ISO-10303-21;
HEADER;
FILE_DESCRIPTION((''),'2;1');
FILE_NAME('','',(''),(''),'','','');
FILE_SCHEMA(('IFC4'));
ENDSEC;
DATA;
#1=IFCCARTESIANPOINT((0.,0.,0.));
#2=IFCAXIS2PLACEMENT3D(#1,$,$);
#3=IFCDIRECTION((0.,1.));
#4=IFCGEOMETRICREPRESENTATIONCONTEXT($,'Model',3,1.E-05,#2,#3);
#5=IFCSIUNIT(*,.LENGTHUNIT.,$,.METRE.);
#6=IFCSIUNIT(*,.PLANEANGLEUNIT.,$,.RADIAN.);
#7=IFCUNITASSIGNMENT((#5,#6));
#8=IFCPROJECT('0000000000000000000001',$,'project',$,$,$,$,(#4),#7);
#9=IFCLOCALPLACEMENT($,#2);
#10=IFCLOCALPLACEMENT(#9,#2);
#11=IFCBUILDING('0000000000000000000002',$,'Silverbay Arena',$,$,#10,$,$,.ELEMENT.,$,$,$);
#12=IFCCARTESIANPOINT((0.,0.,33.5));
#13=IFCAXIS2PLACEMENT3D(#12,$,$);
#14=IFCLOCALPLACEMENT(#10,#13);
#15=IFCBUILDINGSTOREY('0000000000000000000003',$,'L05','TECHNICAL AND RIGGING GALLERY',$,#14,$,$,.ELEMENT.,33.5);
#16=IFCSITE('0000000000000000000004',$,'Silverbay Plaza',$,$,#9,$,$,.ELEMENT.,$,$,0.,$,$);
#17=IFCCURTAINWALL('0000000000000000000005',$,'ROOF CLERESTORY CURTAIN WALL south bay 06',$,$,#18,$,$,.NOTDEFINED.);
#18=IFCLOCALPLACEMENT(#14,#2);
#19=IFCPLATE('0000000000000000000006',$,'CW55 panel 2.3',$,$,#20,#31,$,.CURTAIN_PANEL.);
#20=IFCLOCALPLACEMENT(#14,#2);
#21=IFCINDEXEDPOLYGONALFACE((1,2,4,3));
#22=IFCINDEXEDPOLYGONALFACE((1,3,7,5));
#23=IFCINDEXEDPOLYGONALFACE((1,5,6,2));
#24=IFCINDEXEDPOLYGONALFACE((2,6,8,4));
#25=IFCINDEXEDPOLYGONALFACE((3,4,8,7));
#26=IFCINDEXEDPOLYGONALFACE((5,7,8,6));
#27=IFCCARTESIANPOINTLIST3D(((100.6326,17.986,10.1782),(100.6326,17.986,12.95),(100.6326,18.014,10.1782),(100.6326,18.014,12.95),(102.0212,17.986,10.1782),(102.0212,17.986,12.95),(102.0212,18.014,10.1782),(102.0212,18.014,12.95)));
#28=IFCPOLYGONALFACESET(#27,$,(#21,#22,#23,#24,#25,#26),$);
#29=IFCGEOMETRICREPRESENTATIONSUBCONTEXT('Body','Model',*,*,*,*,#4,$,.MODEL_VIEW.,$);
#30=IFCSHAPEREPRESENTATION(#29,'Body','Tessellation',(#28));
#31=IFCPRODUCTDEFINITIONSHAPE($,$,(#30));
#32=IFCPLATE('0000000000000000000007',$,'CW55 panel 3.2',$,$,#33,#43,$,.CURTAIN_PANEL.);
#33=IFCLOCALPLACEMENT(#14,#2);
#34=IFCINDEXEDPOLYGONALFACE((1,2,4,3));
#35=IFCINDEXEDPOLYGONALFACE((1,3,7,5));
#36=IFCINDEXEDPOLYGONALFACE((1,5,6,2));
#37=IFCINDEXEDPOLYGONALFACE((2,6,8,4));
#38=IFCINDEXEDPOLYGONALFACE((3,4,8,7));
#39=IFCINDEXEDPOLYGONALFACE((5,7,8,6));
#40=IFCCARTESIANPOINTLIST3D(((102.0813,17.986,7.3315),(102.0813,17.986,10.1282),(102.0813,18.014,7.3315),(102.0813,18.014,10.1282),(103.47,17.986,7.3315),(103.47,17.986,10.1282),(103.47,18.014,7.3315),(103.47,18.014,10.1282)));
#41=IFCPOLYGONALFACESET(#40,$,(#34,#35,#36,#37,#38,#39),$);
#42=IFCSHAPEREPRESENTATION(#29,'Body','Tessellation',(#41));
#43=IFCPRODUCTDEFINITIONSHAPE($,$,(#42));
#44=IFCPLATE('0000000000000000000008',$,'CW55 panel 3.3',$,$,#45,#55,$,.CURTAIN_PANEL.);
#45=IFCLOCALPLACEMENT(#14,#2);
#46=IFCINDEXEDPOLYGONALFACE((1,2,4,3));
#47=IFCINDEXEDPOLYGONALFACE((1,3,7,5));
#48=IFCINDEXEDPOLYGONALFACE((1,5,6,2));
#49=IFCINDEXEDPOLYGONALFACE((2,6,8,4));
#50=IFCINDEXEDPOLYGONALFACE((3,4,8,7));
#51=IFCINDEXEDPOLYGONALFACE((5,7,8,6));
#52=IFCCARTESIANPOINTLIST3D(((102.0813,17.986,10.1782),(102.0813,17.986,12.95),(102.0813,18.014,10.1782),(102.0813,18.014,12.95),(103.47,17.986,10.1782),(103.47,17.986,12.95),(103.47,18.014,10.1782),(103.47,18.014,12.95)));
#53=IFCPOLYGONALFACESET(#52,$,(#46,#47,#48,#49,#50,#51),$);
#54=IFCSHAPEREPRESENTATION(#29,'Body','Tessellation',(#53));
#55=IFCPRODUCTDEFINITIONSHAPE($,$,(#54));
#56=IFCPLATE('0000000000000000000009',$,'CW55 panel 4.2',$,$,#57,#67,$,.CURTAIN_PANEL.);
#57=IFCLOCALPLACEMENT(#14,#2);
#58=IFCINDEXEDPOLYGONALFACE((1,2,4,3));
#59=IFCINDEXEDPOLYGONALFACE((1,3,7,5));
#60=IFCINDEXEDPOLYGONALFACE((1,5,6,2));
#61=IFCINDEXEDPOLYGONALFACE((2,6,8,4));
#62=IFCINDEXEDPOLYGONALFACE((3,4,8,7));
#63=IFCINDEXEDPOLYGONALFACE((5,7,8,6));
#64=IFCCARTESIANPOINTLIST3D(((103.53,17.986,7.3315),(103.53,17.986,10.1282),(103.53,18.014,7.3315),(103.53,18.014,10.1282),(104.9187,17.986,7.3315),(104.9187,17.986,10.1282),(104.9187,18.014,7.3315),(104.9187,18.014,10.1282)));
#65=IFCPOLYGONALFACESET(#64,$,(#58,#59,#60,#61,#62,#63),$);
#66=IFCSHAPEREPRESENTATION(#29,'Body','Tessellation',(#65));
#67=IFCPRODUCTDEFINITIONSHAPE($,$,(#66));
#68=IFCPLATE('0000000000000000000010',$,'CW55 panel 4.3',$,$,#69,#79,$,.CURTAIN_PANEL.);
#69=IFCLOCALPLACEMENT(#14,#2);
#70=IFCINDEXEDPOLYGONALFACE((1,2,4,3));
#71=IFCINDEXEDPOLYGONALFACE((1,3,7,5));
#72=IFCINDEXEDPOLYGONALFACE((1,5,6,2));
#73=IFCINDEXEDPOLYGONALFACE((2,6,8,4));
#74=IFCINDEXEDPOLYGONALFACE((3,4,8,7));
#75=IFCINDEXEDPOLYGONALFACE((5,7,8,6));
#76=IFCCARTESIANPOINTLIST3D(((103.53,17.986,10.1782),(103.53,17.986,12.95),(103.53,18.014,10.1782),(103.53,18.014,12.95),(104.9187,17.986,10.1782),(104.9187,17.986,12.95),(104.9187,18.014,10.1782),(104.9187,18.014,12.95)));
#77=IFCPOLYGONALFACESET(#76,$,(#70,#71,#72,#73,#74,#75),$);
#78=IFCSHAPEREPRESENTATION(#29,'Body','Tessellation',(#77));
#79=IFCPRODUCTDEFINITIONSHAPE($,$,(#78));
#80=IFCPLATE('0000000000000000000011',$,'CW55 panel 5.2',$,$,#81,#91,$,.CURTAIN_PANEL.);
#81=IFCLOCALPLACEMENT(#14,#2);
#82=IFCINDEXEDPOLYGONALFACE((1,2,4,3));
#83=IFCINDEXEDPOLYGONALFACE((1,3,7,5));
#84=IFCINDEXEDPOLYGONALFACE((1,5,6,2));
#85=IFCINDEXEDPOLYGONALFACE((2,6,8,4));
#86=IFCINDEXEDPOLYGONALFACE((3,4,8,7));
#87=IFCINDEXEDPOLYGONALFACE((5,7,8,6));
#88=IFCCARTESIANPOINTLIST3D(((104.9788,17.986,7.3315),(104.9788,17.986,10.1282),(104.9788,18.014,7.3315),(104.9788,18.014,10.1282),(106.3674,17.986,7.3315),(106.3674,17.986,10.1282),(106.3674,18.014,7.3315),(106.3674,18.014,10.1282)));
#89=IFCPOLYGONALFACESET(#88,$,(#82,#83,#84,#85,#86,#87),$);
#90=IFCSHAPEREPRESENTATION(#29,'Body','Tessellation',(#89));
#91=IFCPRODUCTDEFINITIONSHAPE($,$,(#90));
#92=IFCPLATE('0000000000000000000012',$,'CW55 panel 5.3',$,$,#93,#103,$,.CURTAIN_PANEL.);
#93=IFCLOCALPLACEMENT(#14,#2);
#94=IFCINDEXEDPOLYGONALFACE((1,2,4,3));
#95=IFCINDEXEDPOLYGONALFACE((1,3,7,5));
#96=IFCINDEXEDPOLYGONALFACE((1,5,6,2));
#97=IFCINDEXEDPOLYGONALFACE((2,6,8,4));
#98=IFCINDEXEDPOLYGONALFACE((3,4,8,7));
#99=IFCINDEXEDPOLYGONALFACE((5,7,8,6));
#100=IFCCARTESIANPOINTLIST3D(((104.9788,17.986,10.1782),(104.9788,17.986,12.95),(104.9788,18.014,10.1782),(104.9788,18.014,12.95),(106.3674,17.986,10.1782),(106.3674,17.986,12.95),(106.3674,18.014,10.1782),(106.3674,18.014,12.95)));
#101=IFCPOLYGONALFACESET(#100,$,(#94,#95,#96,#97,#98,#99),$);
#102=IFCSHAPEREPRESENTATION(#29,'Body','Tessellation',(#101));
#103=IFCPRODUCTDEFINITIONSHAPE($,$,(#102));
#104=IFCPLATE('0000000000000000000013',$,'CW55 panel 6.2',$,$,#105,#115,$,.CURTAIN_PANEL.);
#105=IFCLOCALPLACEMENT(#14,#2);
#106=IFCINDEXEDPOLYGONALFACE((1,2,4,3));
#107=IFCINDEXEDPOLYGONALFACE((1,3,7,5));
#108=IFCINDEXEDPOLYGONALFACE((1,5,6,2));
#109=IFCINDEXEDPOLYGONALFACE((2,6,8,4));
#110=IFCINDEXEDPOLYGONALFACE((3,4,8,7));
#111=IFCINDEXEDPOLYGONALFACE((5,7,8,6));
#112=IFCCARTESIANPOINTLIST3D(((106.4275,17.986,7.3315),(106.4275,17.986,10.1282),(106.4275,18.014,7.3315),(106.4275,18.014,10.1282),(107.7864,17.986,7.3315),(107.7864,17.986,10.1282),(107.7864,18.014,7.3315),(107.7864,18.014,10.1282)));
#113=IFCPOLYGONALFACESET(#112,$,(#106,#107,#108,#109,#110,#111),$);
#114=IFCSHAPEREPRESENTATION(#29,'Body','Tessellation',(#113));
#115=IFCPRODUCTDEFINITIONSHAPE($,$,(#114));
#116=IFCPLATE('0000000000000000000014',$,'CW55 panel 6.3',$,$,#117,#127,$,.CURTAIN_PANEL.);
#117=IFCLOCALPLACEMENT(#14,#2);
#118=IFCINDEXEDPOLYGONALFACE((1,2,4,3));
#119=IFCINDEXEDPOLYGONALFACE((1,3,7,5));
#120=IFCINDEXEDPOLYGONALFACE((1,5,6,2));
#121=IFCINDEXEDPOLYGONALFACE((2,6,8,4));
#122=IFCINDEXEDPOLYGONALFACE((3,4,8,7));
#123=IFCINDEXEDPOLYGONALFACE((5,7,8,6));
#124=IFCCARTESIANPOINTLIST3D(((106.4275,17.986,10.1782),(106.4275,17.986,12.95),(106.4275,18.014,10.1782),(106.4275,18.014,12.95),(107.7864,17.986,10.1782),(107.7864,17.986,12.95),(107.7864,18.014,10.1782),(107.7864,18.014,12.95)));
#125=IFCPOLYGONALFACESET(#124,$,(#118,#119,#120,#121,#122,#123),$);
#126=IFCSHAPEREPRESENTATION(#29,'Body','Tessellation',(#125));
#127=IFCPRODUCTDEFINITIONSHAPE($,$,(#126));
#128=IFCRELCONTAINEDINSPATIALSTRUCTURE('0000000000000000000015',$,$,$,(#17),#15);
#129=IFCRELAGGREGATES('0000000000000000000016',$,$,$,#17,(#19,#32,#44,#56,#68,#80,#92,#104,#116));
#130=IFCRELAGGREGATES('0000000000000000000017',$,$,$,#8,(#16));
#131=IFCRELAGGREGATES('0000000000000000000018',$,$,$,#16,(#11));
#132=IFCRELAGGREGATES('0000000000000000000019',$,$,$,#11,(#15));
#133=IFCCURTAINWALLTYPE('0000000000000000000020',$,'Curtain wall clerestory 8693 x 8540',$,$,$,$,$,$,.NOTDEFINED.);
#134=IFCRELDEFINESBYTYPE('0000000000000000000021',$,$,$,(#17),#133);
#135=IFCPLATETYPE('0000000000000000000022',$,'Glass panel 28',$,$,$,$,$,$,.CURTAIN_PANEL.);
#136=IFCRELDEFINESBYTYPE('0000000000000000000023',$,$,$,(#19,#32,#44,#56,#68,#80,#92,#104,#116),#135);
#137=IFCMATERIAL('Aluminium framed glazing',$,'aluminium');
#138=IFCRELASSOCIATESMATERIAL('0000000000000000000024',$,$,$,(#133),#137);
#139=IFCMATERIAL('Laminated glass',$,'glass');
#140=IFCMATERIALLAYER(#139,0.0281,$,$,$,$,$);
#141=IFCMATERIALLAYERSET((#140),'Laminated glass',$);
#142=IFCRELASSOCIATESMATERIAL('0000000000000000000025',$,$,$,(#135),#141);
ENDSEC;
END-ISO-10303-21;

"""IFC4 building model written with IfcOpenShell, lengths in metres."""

from ifc_helpers import new_model, si_unit, direction, frame, origin, origin_2d, place, context, subcontext, project, spatial, rectangle, extrude, material, layer, layer_set, type_object, element, aggregate, save


model = new_model("IFC4")

# Units and contexts
model_context = context("Model", 3, precision=1e-05, world=origin(), true_north=direction((0.0, 1.0)))
body_context = subcontext(model_context, "Body", "Model", "MODEL_VIEW")
ifc_project = project(units=[si_unit("LENGTHUNIT", "METRE"), si_unit("PLANEANGLEUNIT", "RADIAN")], contexts=[model_context])

# Site, building, storey
site_placement = place(None, origin())
site = spatial("IfcSite", under=ifc_project, at=site_placement, Name="Silverbay Plaza", CompositionType="ELEMENT", RefElevation=0.0)
building_placement = place(site_placement, origin())
building = spatial("IfcBuilding", under=site, at=building_placement, Name="Silverbay Arena", CompositionType="ELEMENT")
storey_placement = place(building_placement, frame((0.0, 0.0, 33.5)))
storey = spatial("IfcBuildingStorey", under=building, at=storey_placement, Name="L05", Description="TECHNICAL AND RIGGING GALLERY", CompositionType="ELEMENT", Elevation=33.5)

# Curtain wall, plates
ifc_material_1 = material(Name="Aluminium framed glazing", Category="aluminium")
curtain_wall_type = type_object("IfcCurtainWallType", Name="Curtain wall clerestory 8693 x 8540", PredefinedType="NOTDEFINED", material=ifc_material_1)
curtain_wall_placement = place(storey_placement, origin())
curtain_wall = element("IfcCurtainWall", 1, at=curtain_wall_placement, inside=storey, type_object=curtain_wall_type, Name="ROOF CLERESTORY CURTAIN WALL south bay 06", PredefinedType="NOTDEFINED")
ifc_material_2 = material(Name="Laminated glass", Category="glass")
ifc_layer = layer(ifc_material_2, 0.0281)
ifc_layer_set = layer_set([ifc_layer], Name="Laminated glass")
plate_type = type_object("IfcPlateType", Name="Glass panel 28", PredefinedType="CURTAIN_PANEL", material=ifc_layer_set)
plate_1_placement = place(storey_placement, frame((101.3269, 18.0, 10.1782), z_axis=(0.0, 0.0, 1.0), x_axis=(1.0, 0.0, 0.0)))
plate_1 = element("IfcPlate", 2, at=plate_1_placement, type_object=plate_type, Name="CW55 panel 2.3", PredefinedType="CURTAIN_PANEL", context=body_context, shape_type="SweptSolid", body=[
    extrude(rectangle(XDim=1.3887, YDim=0.0281, at=origin_2d()), origin(), (0.0, 0.0, 1.0), 2.7717),
])
plate_2_placement = place(storey_placement, frame((102.7756, 18.0, 7.3315), z_axis=(0.0, 0.0, 1.0), x_axis=(1.0, 0.0, 0.0)))
plate_2 = element("IfcPlate", 3, at=plate_2_placement, type_object=plate_type, Name="CW55 panel 3.2", PredefinedType="CURTAIN_PANEL", context=body_context, shape_type="SweptSolid", body=[
    extrude(rectangle(XDim=1.3887, YDim=0.0281, at=origin_2d()), origin(), (0.0, 0.0, 1.0), 2.7966),
])
plate_3_placement = place(storey_placement, frame((102.7756, 18.0, 10.1782), z_axis=(0.0, 0.0, 1.0), x_axis=(1.0, 0.0, 0.0)))
plate_3 = element("IfcPlate", 4, at=plate_3_placement, type_object=plate_type, Name="CW55 panel 3.3", PredefinedType="CURTAIN_PANEL", context=body_context, shape_type="SweptSolid", body=[
    extrude(rectangle(XDim=1.3887, YDim=0.0281, at=origin_2d()), origin(), (0.0, 0.0, 1.0), 2.7717),
])
plate_4_placement = place(storey_placement, frame((104.2244, 18.0, 7.3315), z_axis=(0.0, 0.0, 1.0), x_axis=(1.0, 0.0, 0.0)))
plate_4 = element("IfcPlate", 5, at=plate_4_placement, type_object=plate_type, Name="CW55 panel 4.2", PredefinedType="CURTAIN_PANEL", context=body_context, shape_type="SweptSolid", body=[
    extrude(rectangle(XDim=1.3887, YDim=0.0281, at=origin_2d()), origin(), (0.0, 0.0, 1.0), 2.7966),
])
plate_5_placement = place(storey_placement, frame((104.2244, 18.0, 10.1782), z_axis=(0.0, 0.0, 1.0), x_axis=(1.0, 0.0, 0.0)))
plate_5 = element("IfcPlate", 6, at=plate_5_placement, type_object=plate_type, Name="CW55 panel 4.3", PredefinedType="CURTAIN_PANEL", context=body_context, shape_type="SweptSolid", body=[
    extrude(rectangle(XDim=1.3887, YDim=0.0281, at=origin_2d()), origin(), (0.0, 0.0, 1.0), 2.7717),
])
plate_6_placement = place(storey_placement, frame((105.6731, 18.0, 7.3315), z_axis=(0.0, 0.0, 1.0), x_axis=(1.0, 0.0, 0.0)))
plate_6 = element("IfcPlate", 7, at=plate_6_placement, type_object=plate_type, Name="CW55 panel 5.2", PredefinedType="CURTAIN_PANEL", context=body_context, shape_type="SweptSolid", body=[
    extrude(rectangle(XDim=1.3887, YDim=0.0281, at=origin_2d()), origin(), (0.0, 0.0, 1.0), 2.7966),
])
plate_7_placement = place(storey_placement, frame((105.6731, 18.0, 10.1782), z_axis=(0.0, 0.0, 1.0), x_axis=(1.0, 0.0, 0.0)))
plate_7 = element("IfcPlate", 8, at=plate_7_placement, type_object=plate_type, Name="CW55 panel 5.3", PredefinedType="CURTAIN_PANEL", context=body_context, shape_type="SweptSolid", body=[
    extrude(rectangle(XDim=1.3887, YDim=0.0281, at=origin_2d()), origin(), (0.0, 0.0, 1.0), 2.7717),
])
plate_8_placement = place(storey_placement, frame((107.1069, 18.0, 7.3315), z_axis=(0.0, 0.0, 1.0), x_axis=(1.0, 0.0, 0.0)))
plate_8 = element("IfcPlate", 9, at=plate_8_placement, type_object=plate_type, Name="CW55 panel 6.2", PredefinedType="CURTAIN_PANEL", context=body_context, shape_type="SweptSolid", body=[
    extrude(rectangle(XDim=1.3589, YDim=0.0281, at=origin_2d()), origin(), (0.0, 0.0, 1.0), 2.7966),
])
plate_9_placement = place(storey_placement, frame((107.1069, 18.0, 10.1782), z_axis=(0.0, 0.0, 1.0), x_axis=(1.0, 0.0, 0.0)))
plate_9 = element("IfcPlate", 10, at=plate_9_placement, type_object=plate_type, Name="CW55 panel 6.3", PredefinedType="CURTAIN_PANEL", context=body_context, shape_type="SweptSolid", body=[
    extrude(rectangle(XDim=1.3589, YDim=0.0281, at=origin_2d()), origin(), (0.0, 0.0, 1.0), 2.7717),
])
aggregate(curtain_wall, [plate_1, plate_2, plate_3, plate_4, plate_5, plate_6, plate_7, plate_8, plate_9])

save(model, "model.ifc")
